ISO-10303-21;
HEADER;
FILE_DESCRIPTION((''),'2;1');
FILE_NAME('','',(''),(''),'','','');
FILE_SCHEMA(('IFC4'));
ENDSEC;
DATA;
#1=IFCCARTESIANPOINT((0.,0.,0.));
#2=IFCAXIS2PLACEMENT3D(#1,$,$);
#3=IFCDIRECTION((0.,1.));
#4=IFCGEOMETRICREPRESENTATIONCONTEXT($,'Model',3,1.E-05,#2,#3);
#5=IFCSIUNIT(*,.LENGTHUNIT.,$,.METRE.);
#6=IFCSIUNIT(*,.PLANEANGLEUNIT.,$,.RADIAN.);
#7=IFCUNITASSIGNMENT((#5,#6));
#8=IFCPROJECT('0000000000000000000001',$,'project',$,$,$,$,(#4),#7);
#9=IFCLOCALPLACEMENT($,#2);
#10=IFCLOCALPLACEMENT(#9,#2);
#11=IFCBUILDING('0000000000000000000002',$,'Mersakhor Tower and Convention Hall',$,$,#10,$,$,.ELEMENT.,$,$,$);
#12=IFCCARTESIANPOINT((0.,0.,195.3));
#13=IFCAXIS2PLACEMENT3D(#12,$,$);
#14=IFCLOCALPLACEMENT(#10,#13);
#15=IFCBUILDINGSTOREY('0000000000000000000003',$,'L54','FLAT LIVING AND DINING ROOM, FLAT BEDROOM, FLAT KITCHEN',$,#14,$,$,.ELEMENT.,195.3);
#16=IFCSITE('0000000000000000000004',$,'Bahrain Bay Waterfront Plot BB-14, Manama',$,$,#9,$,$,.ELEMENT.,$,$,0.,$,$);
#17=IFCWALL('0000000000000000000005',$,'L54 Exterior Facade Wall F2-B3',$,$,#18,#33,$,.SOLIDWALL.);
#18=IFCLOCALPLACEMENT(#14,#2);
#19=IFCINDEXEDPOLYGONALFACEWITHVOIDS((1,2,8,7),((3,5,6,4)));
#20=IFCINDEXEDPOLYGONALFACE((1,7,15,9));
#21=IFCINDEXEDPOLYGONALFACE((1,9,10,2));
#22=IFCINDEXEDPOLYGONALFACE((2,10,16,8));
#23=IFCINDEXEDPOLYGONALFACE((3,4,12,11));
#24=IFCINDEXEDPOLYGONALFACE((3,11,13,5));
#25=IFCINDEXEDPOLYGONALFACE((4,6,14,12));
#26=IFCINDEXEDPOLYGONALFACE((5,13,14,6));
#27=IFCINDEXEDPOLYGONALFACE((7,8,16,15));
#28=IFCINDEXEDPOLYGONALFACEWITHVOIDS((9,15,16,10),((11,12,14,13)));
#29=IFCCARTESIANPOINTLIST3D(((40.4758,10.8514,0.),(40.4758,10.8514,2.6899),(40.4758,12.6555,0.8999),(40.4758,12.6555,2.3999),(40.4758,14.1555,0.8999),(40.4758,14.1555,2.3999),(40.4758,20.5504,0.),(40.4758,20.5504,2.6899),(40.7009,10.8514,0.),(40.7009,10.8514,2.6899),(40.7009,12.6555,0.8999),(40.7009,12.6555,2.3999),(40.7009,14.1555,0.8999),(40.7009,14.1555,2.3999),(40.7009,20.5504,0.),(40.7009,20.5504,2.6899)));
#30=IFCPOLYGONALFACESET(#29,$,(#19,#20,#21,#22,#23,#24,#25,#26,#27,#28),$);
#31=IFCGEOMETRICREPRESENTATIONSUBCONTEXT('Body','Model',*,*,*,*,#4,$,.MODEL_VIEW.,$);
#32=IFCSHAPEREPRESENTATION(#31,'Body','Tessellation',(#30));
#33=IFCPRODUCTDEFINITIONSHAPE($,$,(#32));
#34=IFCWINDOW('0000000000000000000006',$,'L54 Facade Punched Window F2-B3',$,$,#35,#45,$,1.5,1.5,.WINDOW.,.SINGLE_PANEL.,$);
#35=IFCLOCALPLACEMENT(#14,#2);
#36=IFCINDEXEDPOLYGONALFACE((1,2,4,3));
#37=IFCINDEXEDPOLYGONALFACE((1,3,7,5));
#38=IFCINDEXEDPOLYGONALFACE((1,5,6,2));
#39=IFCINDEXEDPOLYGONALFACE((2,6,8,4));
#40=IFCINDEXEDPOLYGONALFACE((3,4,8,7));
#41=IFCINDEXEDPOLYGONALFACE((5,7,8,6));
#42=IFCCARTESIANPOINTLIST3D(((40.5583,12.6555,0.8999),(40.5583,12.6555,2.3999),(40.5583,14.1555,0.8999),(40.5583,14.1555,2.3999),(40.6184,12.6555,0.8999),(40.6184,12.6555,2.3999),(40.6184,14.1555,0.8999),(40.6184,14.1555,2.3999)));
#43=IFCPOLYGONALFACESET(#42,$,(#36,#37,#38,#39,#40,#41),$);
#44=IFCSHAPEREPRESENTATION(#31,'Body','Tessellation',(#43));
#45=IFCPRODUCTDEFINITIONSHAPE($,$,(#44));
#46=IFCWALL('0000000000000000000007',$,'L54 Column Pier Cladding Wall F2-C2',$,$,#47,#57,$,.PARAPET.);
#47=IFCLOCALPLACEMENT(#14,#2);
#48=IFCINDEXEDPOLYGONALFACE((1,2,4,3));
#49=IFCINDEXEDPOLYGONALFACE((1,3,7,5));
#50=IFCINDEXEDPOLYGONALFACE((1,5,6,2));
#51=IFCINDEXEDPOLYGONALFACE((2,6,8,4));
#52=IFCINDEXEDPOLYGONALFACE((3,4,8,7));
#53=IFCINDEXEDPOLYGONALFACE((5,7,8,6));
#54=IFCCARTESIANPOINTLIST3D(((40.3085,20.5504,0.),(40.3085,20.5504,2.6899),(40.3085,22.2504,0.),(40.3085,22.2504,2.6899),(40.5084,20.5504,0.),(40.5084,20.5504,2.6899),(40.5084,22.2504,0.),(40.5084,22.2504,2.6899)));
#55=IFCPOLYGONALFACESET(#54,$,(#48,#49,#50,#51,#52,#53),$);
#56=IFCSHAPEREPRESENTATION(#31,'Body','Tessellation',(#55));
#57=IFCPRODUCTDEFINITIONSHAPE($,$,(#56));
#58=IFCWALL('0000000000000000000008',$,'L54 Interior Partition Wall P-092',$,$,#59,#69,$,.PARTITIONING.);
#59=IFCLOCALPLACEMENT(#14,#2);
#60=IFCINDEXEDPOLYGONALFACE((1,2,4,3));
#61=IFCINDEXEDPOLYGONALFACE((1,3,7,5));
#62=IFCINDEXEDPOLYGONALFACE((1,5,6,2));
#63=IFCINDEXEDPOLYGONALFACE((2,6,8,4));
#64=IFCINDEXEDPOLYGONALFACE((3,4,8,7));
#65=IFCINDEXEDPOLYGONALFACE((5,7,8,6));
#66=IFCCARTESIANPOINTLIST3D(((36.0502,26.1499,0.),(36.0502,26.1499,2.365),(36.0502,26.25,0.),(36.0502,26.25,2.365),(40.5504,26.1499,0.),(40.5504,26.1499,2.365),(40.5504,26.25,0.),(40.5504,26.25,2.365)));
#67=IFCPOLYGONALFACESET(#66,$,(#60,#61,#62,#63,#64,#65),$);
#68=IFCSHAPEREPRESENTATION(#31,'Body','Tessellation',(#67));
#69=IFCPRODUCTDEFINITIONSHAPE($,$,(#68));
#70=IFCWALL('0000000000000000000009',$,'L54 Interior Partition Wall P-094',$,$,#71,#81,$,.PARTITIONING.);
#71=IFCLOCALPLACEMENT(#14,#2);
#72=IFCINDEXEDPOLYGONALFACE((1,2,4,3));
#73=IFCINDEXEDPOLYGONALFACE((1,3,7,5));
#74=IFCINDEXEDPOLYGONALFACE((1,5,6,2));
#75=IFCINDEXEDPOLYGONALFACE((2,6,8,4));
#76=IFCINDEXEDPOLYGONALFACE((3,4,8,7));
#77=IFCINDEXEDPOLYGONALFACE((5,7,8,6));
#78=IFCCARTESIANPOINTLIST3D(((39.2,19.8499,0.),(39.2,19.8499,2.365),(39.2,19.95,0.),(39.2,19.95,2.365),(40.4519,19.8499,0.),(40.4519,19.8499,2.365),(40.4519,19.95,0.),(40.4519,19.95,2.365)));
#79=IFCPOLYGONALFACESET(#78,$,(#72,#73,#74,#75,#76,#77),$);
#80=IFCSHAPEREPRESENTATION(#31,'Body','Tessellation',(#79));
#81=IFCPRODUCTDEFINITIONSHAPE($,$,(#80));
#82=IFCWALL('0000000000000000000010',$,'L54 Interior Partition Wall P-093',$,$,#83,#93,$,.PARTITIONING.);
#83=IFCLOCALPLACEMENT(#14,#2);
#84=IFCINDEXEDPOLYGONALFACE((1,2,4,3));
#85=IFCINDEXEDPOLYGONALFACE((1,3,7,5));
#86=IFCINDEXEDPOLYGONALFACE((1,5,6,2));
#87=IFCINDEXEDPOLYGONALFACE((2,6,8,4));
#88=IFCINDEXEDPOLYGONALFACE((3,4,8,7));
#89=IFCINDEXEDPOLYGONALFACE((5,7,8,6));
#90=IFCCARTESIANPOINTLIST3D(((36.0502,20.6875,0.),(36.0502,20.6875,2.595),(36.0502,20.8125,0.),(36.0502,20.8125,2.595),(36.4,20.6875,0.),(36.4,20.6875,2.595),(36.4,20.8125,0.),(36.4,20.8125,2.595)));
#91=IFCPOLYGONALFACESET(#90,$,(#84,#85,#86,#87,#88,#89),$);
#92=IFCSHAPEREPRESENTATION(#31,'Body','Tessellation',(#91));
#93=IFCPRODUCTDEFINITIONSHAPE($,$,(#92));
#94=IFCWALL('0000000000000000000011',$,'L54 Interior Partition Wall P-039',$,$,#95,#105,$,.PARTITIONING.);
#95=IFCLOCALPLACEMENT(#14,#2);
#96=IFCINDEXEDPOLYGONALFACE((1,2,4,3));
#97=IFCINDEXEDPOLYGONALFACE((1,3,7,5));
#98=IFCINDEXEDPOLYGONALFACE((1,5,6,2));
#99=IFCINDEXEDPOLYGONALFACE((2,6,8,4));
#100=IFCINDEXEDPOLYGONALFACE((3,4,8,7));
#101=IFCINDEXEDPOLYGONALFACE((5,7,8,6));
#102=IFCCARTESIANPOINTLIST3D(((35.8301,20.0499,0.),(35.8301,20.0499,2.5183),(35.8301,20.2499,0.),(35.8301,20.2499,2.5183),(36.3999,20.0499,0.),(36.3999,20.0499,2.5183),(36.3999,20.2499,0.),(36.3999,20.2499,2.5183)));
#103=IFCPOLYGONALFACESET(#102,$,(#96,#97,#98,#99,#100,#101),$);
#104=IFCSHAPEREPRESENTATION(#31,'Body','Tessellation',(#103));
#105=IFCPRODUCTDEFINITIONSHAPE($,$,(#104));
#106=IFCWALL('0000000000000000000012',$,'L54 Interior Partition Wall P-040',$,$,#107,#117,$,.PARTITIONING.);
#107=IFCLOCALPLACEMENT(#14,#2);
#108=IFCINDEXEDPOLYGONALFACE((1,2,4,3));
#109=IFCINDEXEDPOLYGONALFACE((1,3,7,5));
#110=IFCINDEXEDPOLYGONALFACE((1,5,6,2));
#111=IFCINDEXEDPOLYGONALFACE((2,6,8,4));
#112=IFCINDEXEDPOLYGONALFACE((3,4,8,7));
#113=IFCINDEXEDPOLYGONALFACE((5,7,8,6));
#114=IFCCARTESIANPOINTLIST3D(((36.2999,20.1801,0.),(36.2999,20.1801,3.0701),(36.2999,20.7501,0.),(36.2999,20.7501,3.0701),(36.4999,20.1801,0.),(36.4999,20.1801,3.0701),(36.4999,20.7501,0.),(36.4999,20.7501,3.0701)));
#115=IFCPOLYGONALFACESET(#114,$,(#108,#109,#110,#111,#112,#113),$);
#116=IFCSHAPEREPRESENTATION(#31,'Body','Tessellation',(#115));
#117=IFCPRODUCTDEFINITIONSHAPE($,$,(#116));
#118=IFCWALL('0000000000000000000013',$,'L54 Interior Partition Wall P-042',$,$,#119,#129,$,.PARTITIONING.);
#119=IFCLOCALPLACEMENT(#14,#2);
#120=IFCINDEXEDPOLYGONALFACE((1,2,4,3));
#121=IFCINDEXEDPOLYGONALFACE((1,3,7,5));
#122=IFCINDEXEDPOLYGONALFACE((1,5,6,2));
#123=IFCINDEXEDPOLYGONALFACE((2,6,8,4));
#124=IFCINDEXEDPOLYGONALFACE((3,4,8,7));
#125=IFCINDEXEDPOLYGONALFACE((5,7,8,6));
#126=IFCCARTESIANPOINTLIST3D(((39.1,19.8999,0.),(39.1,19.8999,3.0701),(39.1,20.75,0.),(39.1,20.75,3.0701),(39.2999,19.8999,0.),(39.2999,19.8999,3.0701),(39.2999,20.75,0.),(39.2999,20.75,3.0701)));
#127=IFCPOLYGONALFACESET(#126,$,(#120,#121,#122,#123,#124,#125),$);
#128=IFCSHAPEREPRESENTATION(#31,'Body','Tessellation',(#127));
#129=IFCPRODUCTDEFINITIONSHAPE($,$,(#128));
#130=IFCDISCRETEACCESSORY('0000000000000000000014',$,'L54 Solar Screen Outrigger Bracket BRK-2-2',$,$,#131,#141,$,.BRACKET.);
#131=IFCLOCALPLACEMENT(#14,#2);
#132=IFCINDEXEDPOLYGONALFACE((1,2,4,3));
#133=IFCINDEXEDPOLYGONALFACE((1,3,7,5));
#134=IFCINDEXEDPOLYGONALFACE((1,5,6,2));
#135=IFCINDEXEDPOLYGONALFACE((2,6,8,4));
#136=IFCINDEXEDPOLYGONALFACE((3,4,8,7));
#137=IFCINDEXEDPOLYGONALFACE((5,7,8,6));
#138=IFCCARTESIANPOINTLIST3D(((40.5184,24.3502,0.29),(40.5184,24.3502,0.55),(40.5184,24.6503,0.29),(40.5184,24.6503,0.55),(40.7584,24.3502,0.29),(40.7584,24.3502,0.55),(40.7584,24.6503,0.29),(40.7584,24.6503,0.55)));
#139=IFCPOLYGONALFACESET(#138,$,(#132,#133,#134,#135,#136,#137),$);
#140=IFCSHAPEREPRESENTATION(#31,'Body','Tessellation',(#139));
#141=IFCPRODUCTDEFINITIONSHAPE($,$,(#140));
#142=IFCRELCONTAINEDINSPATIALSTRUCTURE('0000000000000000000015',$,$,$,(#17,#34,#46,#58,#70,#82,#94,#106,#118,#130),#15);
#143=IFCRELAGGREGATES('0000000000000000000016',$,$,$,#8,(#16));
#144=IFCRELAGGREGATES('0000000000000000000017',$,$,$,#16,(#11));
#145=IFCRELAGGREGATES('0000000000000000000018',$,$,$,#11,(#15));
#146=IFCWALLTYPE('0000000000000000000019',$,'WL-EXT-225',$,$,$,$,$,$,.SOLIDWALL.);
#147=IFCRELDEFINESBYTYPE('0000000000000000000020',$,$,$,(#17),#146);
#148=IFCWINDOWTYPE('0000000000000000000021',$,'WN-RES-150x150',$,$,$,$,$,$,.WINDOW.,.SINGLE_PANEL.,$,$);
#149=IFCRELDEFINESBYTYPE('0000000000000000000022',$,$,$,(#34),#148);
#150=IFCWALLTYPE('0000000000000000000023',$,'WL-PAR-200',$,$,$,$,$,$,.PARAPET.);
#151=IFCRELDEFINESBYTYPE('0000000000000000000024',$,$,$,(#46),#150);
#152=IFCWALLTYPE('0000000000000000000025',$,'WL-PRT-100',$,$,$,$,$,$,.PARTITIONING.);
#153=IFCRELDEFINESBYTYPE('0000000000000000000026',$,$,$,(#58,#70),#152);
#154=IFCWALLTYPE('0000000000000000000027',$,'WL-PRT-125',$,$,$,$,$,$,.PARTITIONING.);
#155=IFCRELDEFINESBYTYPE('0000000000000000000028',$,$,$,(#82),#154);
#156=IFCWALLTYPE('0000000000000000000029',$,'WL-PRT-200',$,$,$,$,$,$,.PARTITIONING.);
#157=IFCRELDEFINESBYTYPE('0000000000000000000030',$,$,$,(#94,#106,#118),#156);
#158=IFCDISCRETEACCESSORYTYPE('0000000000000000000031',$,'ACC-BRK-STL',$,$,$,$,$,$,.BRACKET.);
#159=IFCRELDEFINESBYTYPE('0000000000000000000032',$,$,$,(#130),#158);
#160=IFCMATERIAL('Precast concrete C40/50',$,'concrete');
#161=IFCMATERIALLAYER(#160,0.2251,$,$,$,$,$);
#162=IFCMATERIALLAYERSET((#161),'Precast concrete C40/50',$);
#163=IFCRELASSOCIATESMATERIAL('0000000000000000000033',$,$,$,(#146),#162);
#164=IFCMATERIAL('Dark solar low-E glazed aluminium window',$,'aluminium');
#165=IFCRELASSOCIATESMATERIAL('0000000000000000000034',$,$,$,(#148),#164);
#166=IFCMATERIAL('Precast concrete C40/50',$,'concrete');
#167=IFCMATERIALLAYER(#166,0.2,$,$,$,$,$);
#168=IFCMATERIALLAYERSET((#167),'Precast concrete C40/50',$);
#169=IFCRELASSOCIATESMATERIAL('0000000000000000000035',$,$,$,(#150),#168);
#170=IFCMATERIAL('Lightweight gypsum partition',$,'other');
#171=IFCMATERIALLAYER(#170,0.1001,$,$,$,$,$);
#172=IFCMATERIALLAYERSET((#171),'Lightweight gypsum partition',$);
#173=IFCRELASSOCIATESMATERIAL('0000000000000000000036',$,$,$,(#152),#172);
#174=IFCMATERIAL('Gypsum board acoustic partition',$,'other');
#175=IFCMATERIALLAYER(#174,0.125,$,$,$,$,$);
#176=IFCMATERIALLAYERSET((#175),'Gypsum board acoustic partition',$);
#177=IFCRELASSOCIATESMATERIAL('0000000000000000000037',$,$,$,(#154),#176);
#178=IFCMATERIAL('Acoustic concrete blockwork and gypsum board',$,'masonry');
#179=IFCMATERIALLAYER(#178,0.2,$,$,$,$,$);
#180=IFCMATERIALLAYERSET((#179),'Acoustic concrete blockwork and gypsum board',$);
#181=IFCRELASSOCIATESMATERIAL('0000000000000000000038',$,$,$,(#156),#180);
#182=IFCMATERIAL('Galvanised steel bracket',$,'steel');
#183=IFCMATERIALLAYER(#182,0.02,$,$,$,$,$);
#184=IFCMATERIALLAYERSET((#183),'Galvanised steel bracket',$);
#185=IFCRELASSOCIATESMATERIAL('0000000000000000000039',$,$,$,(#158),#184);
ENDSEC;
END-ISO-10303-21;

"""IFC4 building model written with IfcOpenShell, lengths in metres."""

from ifc_helpers import new_model, si_unit, direction, frame, frame_2d, origin, origin_2d, place, context, subcontext, project, spatial, rectangle, extrude, material, layer, layer_set, type_object, element, fill, save


model = new_model("IFC4")

# Units and contexts
model_context = context("Model", 3, precision=1e-05, world=origin(), true_north=direction((0.0, 1.0)))
body_context = subcontext(model_context, "Body", "Model", "MODEL_VIEW")
ifc_project = project(units=[si_unit("LENGTHUNIT", "METRE"), si_unit("PLANEANGLEUNIT", "RADIAN")], contexts=[model_context])

# Site, building, storey
site_placement = place(None, origin())
site = spatial("IfcSite", under=ifc_project, at=site_placement, Name="Bahrain Bay Waterfront Plot BB-14, Manama", CompositionType="ELEMENT", RefElevation=0.0)
building_placement = place(site_placement, origin())
building = spatial("IfcBuilding", under=site, at=building_placement, Name="Mersakhor Tower and Convention Hall", CompositionType="ELEMENT")
storey_placement = place(building_placement, frame((0.0, 0.0, 195.3)))
storey = spatial("IfcBuildingStorey", under=building, at=storey_placement, Name="L54", Description="FLAT LIVING AND DINING ROOM, FLAT BEDROOM, FLAT KITCHEN", CompositionType="ELEMENT", Elevation=195.3)

# Wall, opening, window
ifc_material_1 = material(Name="Precast concrete C40/50", Category="concrete")
ifc_layer_1 = layer(ifc_material_1, 0.2251)
ifc_layer_set_1 = layer_set([ifc_layer_1], Name="Precast concrete C40/50")
wall_type_1 = type_object("IfcWallType", Name="WL-EXT-225", PredefinedType="SOLIDWALL", material=ifc_layer_set_1)
wall_1_placement = place(storey_placement, frame((40.5884, 20.5505, 0.0), z_axis=(0.0, 0.0, 1.0), x_axis=(0.0, -1.0, 0.0)))
wall_1 = element("IfcWall", 1, at=wall_1_placement, inside=storey, type_object=wall_type_1, Name="L54 Exterior Facade Wall F2-B3", PredefinedType="SOLIDWALL", context=body_context, shape_type="SweptSolid", body=[
    extrude(rectangle(XDim=9.699, YDim=0.2251, at=frame_2d((4.8496, 0.0))), origin(), (0.0, 0.0, 1.0), 2.6899),
])
opening_1_placement = place(wall_1_placement, frame((6.395, 0.0, 0.8999)))
opening_1 = element("IfcOpeningElement", 2, at=opening_1_placement, cuts=wall_1, PredefinedType="OPENING", context=body_context, shape_type="SweptSolid", body=[
    extrude(rectangle(XDim=1.5, YDim=1.5, at=frame_2d((0.75, 0.75))), frame((0.0, 0.1226, 0.0), z_axis=(0.0, -1.0, 0.0), x_axis=(1.0, 0.0, 0.0)), (0.0, 0.0, 1.0), 0.2451),
])
ifc_material_2 = material(Name="Dark solar low-E glazed aluminium window", Category="aluminium")
window_type = type_object("IfcWindowType", Name="WN-RES-150x150", PartitioningType="SINGLE_PANEL", PredefinedType="WINDOW", material=ifc_material_2)
window_placement = place(opening_1_placement, origin())
window = element("IfcWindow", 3, at=window_placement, inside=storey, type_object=window_type, Name="L54 Facade Punched Window F2-B3", OverallHeight=1.5, OverallWidth=1.5, PartitioningType="SINGLE_PANEL", PredefinedType="WINDOW", context=body_context, shape_type="SweptSolid", body=[
    extrude(rectangle(XDim=1.5, YDim=1.5, at=frame_2d((0.75, 0.75))), frame((0.0, 0.03, 0.0), z_axis=(0.0, -1.0, 0.0), x_axis=(1.0, 0.0, 0.0)), (0.0, 0.0, 1.0), 0.0601),
])
fill(opening_1, window)

# Walls
ifc_material_3 = material(Name="Precast concrete C40/50", Category="concrete")
ifc_layer_2 = layer(ifc_material_3, 0.2)
ifc_layer_set_2 = layer_set([ifc_layer_2], Name="Precast concrete C40/50")
wall_type_2 = type_object("IfcWallType", Name="WL-PAR-200", PredefinedType="PARAPET", material=ifc_layer_set_2)
wall_2_placement = place(storey_placement, frame((40.4084, 22.2505, 0.0), z_axis=(0.0, 0.0, 1.0), x_axis=(0.0, -1.0, 0.0)))
element("IfcWall", 4, at=wall_2_placement, inside=storey, type_object=wall_type_2, Name="L54 Column Pier Cladding Wall F2-C2", PredefinedType="PARAPET", context=body_context, shape_type="SweptSolid", body=[
    extrude(rectangle(XDim=1.7, YDim=0.2, at=frame_2d((0.8501, 0.0))), origin(), (0.0, 0.0, 1.0), 2.6899),
])
ifc_material_4 = material(Name="Lightweight gypsum partition", Category="other")
ifc_layer_3 = layer(ifc_material_4, 0.1001)
ifc_layer_set_3 = layer_set([ifc_layer_3], Name="Lightweight gypsum partition")
wall_type_3 = type_object("IfcWallType", Name="WL-PRT-100", PredefinedType="PARTITIONING", material=ifc_layer_set_3)
wall_3_placement = place(storey_placement, frame((40.5503, 26.2, 0.0), z_axis=(0.0, 0.0, 1.0), x_axis=(-1.0, 0.0, 0.0)))
element("IfcWall", 5, at=wall_3_placement, inside=storey, type_object=wall_type_3, Name="L54 Interior Partition Wall P-092", PredefinedType="PARTITIONING", context=body_context, shape_type="SweptSolid", body=[
    extrude(rectangle(XDim=4.5002, YDim=0.1001, at=frame_2d((2.25, 0.0))), origin(), (0.0, 0.0, 1.0), 2.365),
])
wall_4_placement = place(storey_placement, frame((40.4519, 19.8999, 0.0), z_axis=(0.0, 0.0, 1.0), x_axis=(-1.0, 0.0, 0.0)))
element("IfcWall", 6, at=wall_4_placement, inside=storey, type_object=wall_type_3, Name="L54 Interior Partition Wall P-094", PredefinedType="PARTITIONING", context=body_context, shape_type="SweptSolid", body=[
    extrude(rectangle(XDim=1.252, YDim=0.1001, at=frame_2d((0.626, 0.0))), origin(), (0.0, 0.0, 1.0), 2.365),
])
ifc_material_5 = material(Name="Gypsum board acoustic partition", Category="other")
ifc_layer_4 = layer(ifc_material_5, 0.125)
ifc_layer_set_4 = layer_set([ifc_layer_4], Name="Gypsum board acoustic partition")
wall_type_4 = type_object("IfcWallType", Name="WL-PRT-125", PredefinedType="PARTITIONING", material=ifc_layer_set_4)
wall_5_placement = place(storey_placement, frame((36.3999, 20.75, 0.0), z_axis=(0.0, 0.0, 1.0), x_axis=(-1.0, 0.0, 0.0)))
element("IfcWall", 7, at=wall_5_placement, inside=storey, type_object=wall_type_4, Name="L54 Interior Partition Wall P-093", PredefinedType="PARTITIONING", context=body_context, shape_type="SweptSolid", body=[
    extrude(rectangle(XDim=0.3499, YDim=0.125, at=frame_2d((0.1748, 0.0))), origin(), (0.0, 0.0, 1.0), 2.595),
])
ifc_material_6 = material(Name="Acoustic concrete blockwork and gypsum board", Category="masonry")
ifc_layer_5 = layer(ifc_material_6, 0.2)
ifc_layer_set_5 = layer_set([ifc_layer_5], Name="Acoustic concrete blockwork and gypsum board")
wall_type_5 = type_object("IfcWallType", Name="WL-PRT-200", PredefinedType="PARTITIONING", material=ifc_layer_set_5)
wall_6_placement = place(storey_placement, frame((35.8301, 20.1499, 0.0), z_axis=(0.0, 0.0, 1.0), x_axis=(1.0, 0.0, 0.0)))
element("IfcWall", 8, at=wall_6_placement, inside=storey, type_object=wall_type_5, Name="L54 Interior Partition Wall P-039", PredefinedType="PARTITIONING", context=body_context, shape_type="SweptSolid", body=[
    extrude(rectangle(XDim=0.5698, YDim=0.2, at=frame_2d((0.2849, 0.0))), origin(), (0.0, 0.0, 1.0), 2.5183),
])
wall_7_placement = place(storey_placement, frame((36.3999, 20.1799, 0.0), z_axis=(0.0, 0.0, 1.0), x_axis=(0.0, 1.0, 0.0)))
element("IfcWall", 9, at=wall_7_placement, inside=storey, type_object=wall_type_5, Name="L54 Interior Partition Wall P-040", PredefinedType="PARTITIONING", context=body_context, shape_type="SweptSolid", body=[
    extrude(rectangle(XDim=0.5701, YDim=0.2, at=frame_2d((0.2852, 0.0))), origin(), (0.0, 0.0, 1.0), 3.0701),
])

# Wall
wall_8_placement = place(storey_placement, frame((39.2, 20.75, 0.0), z_axis=(0.0, 0.0, 1.0), x_axis=(0.0, -1.0, 0.0)))
element("IfcWall", 10, at=wall_8_placement, inside=storey, type_object=wall_type_5, Name="L54 Interior Partition Wall P-042", PredefinedType="PARTITIONING", context=body_context, shape_type="SweptSolid", body=[
    extrude(rectangle(XDim=0.8501, YDim=0.2, at=frame_2d((0.425, 0.0))), origin(), (0.0, 0.0, 1.0), 3.0701),
])

# Discrete accessory
ifc_material_7 = material(Name="Galvanised steel bracket", Category="steel")
ifc_layer_6 = layer(ifc_material_7, 0.02)
ifc_layer_set_6 = layer_set([ifc_layer_6], Name="Galvanised steel bracket")
discrete_accessory_type = type_object("IfcDiscreteAccessoryType", Name="ACC-BRK-STL", PredefinedType="BRACKET", material=ifc_layer_set_6)
discrete_accessory_placement = place(storey_placement, frame((40.6384, 24.5002, 0.29), z_axis=(0.0, 0.0, 1.0), x_axis=(0.0, -1.0, 0.0)))
element("IfcDiscreteAccessory", 11, at=discrete_accessory_placement, inside=storey, type_object=discrete_accessory_type, Name="L54 Solar Screen Outrigger Bracket BRK-2-2", PredefinedType="BRACKET", context=body_context, shape_type="SweptSolid", body=[
    extrude(rectangle(XDim=0.3, YDim=0.24, at=origin_2d()), origin(), (0.0, 0.0, 1.0), 0.26),
])

save(model, "model.ifc")
